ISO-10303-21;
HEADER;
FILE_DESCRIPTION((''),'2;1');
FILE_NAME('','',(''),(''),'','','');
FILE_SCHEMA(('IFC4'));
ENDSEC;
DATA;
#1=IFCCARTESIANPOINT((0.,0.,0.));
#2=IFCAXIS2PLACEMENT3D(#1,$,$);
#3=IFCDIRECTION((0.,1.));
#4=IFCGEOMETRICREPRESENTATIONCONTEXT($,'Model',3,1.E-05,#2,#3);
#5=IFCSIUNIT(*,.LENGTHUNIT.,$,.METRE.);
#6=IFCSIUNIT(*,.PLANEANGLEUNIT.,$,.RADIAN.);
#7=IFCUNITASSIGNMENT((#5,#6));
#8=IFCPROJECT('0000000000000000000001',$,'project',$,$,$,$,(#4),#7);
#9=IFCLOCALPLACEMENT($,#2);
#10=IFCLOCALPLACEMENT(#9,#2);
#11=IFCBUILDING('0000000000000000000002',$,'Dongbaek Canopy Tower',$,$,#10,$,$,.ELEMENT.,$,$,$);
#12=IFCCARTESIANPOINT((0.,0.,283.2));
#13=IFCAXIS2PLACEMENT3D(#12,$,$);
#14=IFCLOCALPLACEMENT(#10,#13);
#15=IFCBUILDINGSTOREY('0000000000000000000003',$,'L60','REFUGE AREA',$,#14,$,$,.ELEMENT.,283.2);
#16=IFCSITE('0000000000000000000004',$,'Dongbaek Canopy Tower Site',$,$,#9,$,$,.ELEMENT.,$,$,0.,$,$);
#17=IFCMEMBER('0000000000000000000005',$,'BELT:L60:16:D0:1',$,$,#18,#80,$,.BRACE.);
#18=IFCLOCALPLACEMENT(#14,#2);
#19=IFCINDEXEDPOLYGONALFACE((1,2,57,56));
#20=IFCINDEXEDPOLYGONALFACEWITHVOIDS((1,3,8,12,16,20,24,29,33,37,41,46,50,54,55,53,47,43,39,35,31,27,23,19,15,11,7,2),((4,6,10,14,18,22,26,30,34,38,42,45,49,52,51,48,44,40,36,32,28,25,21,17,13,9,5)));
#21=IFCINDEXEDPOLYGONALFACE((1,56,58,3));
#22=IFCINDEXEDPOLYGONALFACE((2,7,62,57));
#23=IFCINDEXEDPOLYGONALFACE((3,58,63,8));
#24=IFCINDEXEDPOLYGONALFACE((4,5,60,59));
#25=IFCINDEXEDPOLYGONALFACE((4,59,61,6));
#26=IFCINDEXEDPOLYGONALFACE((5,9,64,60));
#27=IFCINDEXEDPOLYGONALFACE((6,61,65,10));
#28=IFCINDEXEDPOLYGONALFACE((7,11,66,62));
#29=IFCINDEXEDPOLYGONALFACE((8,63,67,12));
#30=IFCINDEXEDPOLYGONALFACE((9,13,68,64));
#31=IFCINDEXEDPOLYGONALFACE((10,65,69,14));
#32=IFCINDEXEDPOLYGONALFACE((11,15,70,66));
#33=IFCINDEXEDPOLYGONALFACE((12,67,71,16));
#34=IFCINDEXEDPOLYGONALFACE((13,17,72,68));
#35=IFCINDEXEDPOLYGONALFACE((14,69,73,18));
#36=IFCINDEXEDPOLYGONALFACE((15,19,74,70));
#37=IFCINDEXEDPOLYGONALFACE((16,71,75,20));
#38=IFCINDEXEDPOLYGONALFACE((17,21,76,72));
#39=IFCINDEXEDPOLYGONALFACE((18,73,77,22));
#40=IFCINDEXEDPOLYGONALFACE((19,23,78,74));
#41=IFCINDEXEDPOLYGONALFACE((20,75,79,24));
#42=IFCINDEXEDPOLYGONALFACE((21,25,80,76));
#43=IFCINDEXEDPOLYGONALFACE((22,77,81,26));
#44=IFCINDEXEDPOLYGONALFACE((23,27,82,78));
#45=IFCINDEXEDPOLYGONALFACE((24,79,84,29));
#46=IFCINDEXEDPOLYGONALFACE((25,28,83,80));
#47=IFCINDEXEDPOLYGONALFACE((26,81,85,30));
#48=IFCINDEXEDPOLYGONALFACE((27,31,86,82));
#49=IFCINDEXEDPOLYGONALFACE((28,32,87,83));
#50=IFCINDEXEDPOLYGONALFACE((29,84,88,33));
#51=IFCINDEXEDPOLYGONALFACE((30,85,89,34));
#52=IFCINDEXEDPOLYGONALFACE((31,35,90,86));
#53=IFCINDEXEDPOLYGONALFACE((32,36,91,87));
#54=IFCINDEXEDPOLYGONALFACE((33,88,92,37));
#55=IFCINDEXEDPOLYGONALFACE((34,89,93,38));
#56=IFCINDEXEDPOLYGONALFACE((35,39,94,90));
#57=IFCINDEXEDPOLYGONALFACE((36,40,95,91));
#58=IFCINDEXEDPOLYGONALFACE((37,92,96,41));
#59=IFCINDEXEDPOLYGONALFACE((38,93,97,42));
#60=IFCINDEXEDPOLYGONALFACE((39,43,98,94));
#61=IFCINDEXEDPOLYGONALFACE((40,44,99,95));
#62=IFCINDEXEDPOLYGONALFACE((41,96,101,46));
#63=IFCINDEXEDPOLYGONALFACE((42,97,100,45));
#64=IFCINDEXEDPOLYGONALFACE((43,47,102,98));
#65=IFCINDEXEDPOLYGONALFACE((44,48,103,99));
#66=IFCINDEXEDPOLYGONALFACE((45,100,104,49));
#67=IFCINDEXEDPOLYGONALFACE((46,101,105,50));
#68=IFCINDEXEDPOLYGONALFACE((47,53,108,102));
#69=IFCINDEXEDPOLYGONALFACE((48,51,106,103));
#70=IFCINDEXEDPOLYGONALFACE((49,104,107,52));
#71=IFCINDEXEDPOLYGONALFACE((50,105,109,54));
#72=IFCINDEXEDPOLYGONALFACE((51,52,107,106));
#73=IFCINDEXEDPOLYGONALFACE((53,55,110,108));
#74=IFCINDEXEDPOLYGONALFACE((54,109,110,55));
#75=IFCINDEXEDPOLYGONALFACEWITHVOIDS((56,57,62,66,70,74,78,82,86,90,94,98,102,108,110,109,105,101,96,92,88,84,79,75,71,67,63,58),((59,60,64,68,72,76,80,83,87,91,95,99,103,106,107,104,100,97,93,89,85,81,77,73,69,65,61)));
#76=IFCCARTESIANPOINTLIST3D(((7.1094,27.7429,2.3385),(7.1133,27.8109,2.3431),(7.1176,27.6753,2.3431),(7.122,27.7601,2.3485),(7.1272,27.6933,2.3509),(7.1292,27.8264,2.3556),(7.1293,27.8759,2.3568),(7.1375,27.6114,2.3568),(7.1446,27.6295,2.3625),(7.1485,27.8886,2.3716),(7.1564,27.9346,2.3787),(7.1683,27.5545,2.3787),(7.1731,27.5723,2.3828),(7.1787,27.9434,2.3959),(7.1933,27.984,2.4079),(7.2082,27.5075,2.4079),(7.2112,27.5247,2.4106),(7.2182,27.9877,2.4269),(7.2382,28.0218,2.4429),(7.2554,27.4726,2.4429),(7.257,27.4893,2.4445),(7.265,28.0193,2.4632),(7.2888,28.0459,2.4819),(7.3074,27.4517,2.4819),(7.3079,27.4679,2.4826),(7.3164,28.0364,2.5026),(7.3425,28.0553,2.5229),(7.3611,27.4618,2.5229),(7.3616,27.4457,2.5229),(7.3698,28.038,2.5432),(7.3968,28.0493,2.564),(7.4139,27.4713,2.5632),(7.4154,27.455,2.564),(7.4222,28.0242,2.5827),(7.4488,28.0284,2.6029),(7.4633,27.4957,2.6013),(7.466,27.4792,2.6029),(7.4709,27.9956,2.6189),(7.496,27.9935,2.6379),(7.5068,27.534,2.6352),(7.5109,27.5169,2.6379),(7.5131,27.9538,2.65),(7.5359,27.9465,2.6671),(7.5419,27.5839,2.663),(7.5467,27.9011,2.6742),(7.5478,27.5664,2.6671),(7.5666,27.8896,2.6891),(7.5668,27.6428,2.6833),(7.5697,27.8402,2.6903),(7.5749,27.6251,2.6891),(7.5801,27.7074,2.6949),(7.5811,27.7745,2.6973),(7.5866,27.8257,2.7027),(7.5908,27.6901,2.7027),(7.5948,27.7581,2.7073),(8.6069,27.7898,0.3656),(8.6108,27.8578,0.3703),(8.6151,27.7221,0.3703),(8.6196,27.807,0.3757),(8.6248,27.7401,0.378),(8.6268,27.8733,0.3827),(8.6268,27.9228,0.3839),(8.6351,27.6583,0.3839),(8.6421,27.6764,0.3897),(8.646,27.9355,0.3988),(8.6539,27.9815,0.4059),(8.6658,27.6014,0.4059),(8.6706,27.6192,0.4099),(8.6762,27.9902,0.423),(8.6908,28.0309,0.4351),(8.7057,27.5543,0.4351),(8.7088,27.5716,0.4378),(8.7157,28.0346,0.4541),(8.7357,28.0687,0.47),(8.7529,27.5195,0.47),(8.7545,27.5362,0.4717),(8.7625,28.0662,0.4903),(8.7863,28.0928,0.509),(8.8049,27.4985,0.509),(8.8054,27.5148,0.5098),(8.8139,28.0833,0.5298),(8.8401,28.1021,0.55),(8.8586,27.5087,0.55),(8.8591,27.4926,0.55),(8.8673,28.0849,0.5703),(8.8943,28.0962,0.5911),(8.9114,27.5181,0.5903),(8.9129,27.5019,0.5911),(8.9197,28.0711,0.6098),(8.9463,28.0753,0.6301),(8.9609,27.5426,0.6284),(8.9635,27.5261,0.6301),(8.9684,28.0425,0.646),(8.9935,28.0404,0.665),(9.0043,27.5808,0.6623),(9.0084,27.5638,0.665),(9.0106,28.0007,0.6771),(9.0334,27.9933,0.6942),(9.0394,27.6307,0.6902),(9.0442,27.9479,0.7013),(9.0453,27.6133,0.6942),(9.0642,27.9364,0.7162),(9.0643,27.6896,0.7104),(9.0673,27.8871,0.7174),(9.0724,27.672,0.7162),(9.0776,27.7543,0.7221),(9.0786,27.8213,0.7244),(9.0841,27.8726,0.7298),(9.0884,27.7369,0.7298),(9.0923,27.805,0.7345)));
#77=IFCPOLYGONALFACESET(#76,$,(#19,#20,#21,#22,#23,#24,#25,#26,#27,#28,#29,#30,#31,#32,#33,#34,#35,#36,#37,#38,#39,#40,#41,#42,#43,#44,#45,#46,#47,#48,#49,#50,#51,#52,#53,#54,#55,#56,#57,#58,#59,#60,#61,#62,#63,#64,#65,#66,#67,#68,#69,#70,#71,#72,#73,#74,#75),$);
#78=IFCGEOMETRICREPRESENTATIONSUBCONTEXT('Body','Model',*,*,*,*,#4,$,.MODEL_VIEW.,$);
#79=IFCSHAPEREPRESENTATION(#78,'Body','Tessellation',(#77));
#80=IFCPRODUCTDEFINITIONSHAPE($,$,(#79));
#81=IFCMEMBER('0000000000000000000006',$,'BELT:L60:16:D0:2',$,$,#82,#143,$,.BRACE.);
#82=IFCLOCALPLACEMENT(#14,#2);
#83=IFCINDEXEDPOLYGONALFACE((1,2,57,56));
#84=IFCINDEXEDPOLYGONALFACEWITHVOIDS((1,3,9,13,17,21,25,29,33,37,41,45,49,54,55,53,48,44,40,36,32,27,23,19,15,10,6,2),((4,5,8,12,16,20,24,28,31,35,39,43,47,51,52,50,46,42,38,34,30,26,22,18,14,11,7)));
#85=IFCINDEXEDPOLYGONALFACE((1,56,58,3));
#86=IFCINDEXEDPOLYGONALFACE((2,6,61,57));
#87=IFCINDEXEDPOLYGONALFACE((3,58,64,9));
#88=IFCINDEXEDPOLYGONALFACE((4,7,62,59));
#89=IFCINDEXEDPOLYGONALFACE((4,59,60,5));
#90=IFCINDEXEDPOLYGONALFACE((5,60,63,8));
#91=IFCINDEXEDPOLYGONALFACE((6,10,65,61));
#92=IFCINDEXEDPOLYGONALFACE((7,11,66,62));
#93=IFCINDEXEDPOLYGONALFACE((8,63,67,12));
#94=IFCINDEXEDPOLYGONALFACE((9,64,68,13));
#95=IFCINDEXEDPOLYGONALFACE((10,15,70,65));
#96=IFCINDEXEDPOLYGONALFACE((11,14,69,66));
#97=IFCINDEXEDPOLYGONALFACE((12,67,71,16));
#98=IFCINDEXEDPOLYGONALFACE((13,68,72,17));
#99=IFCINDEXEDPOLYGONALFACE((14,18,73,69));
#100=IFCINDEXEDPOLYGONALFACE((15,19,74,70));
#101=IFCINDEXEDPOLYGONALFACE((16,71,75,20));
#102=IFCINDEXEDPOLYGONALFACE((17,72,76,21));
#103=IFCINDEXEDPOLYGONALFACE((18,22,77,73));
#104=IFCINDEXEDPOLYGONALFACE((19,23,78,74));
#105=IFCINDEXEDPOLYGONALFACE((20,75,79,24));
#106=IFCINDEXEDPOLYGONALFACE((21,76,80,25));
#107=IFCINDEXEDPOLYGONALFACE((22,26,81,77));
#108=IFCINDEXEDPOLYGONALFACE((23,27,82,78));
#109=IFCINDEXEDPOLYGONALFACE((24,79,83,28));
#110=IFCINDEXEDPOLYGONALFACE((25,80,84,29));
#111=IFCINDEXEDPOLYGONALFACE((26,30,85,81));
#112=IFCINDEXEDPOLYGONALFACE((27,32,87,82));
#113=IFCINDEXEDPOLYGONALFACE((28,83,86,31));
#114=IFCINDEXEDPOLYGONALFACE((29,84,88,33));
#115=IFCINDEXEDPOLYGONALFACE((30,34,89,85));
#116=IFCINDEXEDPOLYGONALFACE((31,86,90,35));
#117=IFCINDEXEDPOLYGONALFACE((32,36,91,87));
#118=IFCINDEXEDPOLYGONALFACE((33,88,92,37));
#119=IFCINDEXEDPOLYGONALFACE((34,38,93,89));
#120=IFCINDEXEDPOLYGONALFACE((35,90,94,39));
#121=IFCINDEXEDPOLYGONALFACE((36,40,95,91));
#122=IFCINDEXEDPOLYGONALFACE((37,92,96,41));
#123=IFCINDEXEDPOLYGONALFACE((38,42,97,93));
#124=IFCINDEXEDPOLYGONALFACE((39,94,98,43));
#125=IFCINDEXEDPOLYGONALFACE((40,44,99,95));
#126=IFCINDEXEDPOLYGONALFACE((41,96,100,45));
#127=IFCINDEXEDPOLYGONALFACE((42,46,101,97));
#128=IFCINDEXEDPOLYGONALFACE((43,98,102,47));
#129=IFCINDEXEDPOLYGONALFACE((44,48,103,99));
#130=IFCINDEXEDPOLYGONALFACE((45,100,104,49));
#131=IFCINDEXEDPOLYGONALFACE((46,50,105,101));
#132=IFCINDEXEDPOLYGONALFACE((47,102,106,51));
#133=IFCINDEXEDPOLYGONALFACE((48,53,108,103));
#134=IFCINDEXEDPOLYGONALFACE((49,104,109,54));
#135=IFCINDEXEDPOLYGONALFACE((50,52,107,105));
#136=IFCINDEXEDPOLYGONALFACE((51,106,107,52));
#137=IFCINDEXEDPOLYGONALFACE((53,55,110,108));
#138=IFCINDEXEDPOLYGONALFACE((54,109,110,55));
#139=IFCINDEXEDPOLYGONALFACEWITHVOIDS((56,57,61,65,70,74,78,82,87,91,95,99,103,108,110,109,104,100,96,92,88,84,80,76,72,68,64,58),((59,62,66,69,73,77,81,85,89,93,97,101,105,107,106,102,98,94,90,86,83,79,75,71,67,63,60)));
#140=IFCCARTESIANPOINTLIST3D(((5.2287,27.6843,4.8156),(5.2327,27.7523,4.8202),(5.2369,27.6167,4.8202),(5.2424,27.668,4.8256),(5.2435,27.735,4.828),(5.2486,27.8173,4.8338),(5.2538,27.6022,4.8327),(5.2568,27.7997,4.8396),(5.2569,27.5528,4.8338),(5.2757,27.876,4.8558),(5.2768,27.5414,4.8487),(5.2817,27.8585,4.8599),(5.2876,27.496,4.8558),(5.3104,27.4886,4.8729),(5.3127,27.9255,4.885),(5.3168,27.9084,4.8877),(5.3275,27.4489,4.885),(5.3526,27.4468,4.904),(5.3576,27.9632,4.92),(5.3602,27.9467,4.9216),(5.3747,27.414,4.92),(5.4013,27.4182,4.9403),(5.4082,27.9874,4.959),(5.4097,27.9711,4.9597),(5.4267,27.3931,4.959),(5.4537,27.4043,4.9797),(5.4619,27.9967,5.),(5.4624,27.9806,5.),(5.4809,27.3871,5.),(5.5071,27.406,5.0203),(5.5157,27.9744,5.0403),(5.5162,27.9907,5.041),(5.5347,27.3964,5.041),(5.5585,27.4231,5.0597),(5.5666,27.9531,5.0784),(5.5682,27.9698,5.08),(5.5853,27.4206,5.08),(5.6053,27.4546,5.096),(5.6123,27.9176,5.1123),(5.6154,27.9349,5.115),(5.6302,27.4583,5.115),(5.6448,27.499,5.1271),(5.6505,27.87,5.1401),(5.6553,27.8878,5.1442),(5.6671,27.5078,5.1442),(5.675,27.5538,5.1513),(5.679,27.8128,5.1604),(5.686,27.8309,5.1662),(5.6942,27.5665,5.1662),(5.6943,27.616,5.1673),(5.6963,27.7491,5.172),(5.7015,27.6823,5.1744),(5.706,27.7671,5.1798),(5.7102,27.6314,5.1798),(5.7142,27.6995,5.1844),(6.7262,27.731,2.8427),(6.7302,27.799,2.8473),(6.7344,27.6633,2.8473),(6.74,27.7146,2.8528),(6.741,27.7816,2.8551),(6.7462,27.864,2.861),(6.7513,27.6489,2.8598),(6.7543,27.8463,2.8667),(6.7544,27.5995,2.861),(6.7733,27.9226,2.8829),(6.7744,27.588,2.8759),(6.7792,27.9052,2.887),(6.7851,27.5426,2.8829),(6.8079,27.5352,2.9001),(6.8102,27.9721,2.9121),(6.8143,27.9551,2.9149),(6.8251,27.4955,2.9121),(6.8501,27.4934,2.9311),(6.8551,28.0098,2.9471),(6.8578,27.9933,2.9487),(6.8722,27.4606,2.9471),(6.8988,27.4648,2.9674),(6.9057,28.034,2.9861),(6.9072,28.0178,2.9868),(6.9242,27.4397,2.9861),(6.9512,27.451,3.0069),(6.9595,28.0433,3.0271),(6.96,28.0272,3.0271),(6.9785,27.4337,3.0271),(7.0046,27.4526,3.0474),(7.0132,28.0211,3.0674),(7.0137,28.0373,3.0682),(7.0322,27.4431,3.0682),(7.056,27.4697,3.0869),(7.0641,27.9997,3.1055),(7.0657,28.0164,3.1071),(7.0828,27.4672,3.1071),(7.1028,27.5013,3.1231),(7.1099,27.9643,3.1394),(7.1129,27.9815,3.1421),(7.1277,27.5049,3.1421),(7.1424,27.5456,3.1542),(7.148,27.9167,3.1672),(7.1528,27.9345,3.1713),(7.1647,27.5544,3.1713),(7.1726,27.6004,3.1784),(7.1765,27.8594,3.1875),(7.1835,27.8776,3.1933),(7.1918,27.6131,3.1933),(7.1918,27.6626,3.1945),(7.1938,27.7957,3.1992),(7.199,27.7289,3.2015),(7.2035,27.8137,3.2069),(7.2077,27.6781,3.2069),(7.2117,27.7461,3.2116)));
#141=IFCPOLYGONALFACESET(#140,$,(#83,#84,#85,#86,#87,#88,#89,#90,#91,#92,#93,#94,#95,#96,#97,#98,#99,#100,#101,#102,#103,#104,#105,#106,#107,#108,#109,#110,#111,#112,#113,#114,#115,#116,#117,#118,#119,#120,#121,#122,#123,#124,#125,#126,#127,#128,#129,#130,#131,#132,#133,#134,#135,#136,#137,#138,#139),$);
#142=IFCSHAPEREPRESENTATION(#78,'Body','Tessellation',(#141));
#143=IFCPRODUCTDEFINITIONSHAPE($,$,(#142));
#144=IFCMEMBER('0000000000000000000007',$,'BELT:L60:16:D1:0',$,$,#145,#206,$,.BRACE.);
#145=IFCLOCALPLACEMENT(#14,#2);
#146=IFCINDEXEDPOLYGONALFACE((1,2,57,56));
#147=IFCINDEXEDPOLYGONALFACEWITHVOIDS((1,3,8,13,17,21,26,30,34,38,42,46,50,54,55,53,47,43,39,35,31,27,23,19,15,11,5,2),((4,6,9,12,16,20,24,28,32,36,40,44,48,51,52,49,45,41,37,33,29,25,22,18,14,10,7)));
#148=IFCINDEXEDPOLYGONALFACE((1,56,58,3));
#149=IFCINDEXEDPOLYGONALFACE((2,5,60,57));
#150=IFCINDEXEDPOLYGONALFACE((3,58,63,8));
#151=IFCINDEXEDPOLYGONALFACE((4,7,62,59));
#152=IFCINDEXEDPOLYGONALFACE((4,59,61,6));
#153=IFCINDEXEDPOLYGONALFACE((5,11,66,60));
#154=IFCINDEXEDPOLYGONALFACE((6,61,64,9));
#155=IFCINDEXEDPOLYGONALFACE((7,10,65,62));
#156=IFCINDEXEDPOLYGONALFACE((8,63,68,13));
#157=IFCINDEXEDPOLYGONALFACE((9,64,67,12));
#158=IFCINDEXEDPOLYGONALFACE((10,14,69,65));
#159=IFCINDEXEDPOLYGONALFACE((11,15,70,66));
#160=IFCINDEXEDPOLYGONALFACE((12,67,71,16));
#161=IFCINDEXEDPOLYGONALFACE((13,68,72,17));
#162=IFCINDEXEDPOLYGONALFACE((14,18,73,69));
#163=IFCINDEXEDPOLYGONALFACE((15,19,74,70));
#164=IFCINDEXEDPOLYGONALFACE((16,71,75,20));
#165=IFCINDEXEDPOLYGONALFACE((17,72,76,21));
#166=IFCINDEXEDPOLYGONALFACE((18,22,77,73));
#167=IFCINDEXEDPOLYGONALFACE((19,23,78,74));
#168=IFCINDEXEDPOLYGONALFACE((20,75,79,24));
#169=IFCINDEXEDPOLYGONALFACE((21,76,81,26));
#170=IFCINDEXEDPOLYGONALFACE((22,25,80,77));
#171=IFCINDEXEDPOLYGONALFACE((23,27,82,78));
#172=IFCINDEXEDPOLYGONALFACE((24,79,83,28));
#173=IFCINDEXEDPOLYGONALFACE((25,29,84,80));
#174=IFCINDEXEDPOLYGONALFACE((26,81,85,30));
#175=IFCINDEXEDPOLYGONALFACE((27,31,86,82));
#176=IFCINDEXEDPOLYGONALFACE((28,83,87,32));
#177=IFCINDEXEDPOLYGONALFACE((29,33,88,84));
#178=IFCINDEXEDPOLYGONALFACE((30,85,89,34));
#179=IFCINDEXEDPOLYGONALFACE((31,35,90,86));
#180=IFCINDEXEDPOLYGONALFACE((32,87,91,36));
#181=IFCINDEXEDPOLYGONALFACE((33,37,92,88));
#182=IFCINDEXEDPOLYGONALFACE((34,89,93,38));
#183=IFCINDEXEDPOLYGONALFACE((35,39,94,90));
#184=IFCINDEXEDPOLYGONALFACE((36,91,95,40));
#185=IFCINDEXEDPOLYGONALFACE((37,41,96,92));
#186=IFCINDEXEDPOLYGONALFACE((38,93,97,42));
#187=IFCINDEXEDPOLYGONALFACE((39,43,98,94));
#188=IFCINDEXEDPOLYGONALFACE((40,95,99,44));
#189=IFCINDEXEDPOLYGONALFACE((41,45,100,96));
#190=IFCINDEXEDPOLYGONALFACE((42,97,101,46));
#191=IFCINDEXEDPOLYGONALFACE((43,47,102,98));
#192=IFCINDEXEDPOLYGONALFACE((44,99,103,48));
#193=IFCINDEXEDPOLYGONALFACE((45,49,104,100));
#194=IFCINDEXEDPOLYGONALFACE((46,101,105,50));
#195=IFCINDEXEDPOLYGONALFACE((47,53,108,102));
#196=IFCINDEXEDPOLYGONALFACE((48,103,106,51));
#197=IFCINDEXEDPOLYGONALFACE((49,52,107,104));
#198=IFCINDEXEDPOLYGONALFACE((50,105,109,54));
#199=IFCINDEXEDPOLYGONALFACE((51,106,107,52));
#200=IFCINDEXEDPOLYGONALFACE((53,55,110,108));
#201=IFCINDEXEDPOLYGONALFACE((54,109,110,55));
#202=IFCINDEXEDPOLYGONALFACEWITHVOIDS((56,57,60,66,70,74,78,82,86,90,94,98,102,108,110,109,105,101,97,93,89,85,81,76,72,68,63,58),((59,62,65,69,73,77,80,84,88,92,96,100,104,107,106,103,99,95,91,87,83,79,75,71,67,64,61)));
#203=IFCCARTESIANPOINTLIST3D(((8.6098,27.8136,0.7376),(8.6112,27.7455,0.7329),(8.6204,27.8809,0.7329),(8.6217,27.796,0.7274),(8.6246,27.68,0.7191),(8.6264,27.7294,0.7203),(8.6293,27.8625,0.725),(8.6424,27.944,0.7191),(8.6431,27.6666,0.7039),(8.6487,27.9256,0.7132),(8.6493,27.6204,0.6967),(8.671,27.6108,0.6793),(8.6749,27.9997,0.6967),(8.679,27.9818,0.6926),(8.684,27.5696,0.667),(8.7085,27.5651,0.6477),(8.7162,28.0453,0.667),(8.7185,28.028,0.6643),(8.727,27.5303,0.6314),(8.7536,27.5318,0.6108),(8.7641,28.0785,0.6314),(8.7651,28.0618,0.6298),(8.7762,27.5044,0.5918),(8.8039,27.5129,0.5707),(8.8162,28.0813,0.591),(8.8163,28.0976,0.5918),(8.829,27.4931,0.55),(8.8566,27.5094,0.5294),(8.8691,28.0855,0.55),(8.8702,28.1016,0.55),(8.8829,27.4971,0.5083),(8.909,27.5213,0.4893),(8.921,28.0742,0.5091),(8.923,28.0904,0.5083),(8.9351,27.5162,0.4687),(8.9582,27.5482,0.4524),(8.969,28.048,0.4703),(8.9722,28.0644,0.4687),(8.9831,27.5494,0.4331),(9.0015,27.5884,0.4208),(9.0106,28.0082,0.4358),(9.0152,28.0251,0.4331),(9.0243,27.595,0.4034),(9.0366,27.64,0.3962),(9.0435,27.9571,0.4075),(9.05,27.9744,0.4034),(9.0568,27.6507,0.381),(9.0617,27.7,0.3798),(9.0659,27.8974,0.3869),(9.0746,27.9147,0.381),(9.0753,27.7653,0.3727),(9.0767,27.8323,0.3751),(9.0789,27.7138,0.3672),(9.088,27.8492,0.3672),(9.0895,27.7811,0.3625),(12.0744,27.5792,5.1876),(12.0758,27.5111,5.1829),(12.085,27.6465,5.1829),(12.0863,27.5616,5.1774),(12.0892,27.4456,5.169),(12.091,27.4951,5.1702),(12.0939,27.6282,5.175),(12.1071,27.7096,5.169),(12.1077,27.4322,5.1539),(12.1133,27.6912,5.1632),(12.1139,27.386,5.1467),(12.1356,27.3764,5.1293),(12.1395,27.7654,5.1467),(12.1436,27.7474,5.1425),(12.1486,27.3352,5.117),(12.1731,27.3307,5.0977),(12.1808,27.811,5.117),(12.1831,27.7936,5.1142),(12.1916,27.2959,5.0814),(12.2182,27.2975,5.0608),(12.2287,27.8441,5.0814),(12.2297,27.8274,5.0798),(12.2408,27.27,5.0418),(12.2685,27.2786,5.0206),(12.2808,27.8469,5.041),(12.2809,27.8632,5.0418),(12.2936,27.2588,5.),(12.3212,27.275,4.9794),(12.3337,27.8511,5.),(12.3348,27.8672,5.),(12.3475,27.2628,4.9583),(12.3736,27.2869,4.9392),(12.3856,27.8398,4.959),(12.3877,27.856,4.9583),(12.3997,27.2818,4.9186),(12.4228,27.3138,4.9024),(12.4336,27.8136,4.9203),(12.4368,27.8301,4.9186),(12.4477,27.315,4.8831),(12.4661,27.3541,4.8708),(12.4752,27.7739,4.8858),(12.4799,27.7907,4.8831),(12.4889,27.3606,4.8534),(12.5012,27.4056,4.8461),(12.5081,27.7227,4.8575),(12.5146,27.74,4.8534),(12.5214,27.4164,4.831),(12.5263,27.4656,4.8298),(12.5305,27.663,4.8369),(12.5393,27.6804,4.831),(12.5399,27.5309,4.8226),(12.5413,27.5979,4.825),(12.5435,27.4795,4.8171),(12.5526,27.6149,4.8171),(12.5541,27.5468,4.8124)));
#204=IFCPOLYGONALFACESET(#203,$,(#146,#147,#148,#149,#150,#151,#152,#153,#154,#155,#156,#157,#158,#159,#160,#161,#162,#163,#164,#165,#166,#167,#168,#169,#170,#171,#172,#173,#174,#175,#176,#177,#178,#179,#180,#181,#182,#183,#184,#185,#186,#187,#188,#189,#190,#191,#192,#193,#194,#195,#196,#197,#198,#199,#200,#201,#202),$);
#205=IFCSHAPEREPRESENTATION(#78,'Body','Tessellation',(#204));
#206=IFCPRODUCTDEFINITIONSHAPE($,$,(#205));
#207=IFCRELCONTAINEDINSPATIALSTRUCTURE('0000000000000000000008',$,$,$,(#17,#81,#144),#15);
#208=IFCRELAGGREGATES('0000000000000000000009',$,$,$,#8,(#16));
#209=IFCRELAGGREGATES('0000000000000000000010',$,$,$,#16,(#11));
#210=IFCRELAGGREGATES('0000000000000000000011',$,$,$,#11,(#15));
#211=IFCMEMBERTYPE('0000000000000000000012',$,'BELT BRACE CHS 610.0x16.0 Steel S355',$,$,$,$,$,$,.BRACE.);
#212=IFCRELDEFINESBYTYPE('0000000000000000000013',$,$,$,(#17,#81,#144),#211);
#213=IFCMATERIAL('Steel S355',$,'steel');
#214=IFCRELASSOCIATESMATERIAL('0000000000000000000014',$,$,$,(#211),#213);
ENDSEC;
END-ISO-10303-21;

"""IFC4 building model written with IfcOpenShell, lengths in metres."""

from ifc_helpers import new_model, si_unit, direction, frame, origin, origin_2d, place, context, subcontext, project, spatial, hollow_circle, extrude, material, material_profile, profile_set, type_object, element, save


model = new_model("IFC4")

# Units and contexts
model_context = context("Model", 3, precision=1e-05, world=origin(), true_north=direction((0.0, 1.0)))
body_context = subcontext(model_context, "Body", "Model", "MODEL_VIEW")
ifc_project = project(units=[si_unit("LENGTHUNIT", "METRE"), si_unit("PLANEANGLEUNIT", "RADIAN")], contexts=[model_context])

# Site, building, storey
site_placement = place(None, origin())
site = spatial("IfcSite", under=ifc_project, at=site_placement, Name="Dongbaek Canopy Tower Site", CompositionType="ELEMENT", RefElevation=0.0)
building_placement = place(site_placement, origin())
building = spatial("IfcBuilding", under=site, at=building_placement, Name="Dongbaek Canopy Tower", CompositionType="ELEMENT")
storey_placement = place(building_placement, frame((0.0, 0.0, 283.2)))
storey = spatial("IfcBuildingStorey", under=building, at=storey_placement, Name="L60", Description="REFUGE AREA", CompositionType="ELEMENT", Elevation=283.2)

# Members
ifc_material_1 = material(Name="Steel S355", Category="steel")
ifc_material_profile_1 = material_profile(ifc_material_1, hollow_circle(Radius=0.3049, WallThickness=0.0161, at=origin_2d()), Name="BELT BRACE CHS 610.0x16.0 Steel S355")
ifc_profile_set_1 = profile_set([ifc_material_profile_1], Name="Steel S355")
member_type_1 = type_object("IfcMemberType", Name="BELT BRACE CHS 610.0x16.0 Steel S355", PredefinedType="BRACE", material=ifc_profile_set_1)
for number, where, z_axis, x_axis, name in (
    (1, (8.8496, 27.7974, 0.55), (-0.604503, -0.018922, 0.796378), (0.031286, -0.99951, 0.0), "BELT:L60:16:D0:1"),
    (2, (5.4714, 27.6919, 5.0), (0.604504, 0.018823, -0.79638), (-0.031123, 0.999516, 0.0), "BELT:L60:16:D0:2"),
):
    element("IfcMember", number, at=place(storey_placement, frame(where, z_axis=z_axis, x_axis=x_axis)), inside=storey, type_object=member_type_1, Name=name, PredefinedType="BRACE", context=body_context, shape_type="SweptSolid", body=[
        extrude(hollow_circle(Radius=0.3049, WallThickness=0.0161, at=origin_2d()), origin(), (0.0, 0.0, 1.0), 2.4773),
    ])
member_1_placement = place(storey_placement, frame((8.8496, 27.7974, 0.55), z_axis=(0.6138, -0.041523, 0.788369), x_axis=(0.067494, 0.99772, 0.0)))
element("IfcMember", 3, at=member_1_placement, inside=storey, type_object=member_type_1, Name="BELT:L60:16:D1:0", PredefinedType="BRACE", context=body_context, shape_type="SweptSolid", body=[
    extrude(hollow_circle(Radius=0.3049, WallThickness=0.0161, at=origin_2d()), origin(), (0.0, 0.0, 1.0), 5.6445),
])

save(model, "model.ifc")
